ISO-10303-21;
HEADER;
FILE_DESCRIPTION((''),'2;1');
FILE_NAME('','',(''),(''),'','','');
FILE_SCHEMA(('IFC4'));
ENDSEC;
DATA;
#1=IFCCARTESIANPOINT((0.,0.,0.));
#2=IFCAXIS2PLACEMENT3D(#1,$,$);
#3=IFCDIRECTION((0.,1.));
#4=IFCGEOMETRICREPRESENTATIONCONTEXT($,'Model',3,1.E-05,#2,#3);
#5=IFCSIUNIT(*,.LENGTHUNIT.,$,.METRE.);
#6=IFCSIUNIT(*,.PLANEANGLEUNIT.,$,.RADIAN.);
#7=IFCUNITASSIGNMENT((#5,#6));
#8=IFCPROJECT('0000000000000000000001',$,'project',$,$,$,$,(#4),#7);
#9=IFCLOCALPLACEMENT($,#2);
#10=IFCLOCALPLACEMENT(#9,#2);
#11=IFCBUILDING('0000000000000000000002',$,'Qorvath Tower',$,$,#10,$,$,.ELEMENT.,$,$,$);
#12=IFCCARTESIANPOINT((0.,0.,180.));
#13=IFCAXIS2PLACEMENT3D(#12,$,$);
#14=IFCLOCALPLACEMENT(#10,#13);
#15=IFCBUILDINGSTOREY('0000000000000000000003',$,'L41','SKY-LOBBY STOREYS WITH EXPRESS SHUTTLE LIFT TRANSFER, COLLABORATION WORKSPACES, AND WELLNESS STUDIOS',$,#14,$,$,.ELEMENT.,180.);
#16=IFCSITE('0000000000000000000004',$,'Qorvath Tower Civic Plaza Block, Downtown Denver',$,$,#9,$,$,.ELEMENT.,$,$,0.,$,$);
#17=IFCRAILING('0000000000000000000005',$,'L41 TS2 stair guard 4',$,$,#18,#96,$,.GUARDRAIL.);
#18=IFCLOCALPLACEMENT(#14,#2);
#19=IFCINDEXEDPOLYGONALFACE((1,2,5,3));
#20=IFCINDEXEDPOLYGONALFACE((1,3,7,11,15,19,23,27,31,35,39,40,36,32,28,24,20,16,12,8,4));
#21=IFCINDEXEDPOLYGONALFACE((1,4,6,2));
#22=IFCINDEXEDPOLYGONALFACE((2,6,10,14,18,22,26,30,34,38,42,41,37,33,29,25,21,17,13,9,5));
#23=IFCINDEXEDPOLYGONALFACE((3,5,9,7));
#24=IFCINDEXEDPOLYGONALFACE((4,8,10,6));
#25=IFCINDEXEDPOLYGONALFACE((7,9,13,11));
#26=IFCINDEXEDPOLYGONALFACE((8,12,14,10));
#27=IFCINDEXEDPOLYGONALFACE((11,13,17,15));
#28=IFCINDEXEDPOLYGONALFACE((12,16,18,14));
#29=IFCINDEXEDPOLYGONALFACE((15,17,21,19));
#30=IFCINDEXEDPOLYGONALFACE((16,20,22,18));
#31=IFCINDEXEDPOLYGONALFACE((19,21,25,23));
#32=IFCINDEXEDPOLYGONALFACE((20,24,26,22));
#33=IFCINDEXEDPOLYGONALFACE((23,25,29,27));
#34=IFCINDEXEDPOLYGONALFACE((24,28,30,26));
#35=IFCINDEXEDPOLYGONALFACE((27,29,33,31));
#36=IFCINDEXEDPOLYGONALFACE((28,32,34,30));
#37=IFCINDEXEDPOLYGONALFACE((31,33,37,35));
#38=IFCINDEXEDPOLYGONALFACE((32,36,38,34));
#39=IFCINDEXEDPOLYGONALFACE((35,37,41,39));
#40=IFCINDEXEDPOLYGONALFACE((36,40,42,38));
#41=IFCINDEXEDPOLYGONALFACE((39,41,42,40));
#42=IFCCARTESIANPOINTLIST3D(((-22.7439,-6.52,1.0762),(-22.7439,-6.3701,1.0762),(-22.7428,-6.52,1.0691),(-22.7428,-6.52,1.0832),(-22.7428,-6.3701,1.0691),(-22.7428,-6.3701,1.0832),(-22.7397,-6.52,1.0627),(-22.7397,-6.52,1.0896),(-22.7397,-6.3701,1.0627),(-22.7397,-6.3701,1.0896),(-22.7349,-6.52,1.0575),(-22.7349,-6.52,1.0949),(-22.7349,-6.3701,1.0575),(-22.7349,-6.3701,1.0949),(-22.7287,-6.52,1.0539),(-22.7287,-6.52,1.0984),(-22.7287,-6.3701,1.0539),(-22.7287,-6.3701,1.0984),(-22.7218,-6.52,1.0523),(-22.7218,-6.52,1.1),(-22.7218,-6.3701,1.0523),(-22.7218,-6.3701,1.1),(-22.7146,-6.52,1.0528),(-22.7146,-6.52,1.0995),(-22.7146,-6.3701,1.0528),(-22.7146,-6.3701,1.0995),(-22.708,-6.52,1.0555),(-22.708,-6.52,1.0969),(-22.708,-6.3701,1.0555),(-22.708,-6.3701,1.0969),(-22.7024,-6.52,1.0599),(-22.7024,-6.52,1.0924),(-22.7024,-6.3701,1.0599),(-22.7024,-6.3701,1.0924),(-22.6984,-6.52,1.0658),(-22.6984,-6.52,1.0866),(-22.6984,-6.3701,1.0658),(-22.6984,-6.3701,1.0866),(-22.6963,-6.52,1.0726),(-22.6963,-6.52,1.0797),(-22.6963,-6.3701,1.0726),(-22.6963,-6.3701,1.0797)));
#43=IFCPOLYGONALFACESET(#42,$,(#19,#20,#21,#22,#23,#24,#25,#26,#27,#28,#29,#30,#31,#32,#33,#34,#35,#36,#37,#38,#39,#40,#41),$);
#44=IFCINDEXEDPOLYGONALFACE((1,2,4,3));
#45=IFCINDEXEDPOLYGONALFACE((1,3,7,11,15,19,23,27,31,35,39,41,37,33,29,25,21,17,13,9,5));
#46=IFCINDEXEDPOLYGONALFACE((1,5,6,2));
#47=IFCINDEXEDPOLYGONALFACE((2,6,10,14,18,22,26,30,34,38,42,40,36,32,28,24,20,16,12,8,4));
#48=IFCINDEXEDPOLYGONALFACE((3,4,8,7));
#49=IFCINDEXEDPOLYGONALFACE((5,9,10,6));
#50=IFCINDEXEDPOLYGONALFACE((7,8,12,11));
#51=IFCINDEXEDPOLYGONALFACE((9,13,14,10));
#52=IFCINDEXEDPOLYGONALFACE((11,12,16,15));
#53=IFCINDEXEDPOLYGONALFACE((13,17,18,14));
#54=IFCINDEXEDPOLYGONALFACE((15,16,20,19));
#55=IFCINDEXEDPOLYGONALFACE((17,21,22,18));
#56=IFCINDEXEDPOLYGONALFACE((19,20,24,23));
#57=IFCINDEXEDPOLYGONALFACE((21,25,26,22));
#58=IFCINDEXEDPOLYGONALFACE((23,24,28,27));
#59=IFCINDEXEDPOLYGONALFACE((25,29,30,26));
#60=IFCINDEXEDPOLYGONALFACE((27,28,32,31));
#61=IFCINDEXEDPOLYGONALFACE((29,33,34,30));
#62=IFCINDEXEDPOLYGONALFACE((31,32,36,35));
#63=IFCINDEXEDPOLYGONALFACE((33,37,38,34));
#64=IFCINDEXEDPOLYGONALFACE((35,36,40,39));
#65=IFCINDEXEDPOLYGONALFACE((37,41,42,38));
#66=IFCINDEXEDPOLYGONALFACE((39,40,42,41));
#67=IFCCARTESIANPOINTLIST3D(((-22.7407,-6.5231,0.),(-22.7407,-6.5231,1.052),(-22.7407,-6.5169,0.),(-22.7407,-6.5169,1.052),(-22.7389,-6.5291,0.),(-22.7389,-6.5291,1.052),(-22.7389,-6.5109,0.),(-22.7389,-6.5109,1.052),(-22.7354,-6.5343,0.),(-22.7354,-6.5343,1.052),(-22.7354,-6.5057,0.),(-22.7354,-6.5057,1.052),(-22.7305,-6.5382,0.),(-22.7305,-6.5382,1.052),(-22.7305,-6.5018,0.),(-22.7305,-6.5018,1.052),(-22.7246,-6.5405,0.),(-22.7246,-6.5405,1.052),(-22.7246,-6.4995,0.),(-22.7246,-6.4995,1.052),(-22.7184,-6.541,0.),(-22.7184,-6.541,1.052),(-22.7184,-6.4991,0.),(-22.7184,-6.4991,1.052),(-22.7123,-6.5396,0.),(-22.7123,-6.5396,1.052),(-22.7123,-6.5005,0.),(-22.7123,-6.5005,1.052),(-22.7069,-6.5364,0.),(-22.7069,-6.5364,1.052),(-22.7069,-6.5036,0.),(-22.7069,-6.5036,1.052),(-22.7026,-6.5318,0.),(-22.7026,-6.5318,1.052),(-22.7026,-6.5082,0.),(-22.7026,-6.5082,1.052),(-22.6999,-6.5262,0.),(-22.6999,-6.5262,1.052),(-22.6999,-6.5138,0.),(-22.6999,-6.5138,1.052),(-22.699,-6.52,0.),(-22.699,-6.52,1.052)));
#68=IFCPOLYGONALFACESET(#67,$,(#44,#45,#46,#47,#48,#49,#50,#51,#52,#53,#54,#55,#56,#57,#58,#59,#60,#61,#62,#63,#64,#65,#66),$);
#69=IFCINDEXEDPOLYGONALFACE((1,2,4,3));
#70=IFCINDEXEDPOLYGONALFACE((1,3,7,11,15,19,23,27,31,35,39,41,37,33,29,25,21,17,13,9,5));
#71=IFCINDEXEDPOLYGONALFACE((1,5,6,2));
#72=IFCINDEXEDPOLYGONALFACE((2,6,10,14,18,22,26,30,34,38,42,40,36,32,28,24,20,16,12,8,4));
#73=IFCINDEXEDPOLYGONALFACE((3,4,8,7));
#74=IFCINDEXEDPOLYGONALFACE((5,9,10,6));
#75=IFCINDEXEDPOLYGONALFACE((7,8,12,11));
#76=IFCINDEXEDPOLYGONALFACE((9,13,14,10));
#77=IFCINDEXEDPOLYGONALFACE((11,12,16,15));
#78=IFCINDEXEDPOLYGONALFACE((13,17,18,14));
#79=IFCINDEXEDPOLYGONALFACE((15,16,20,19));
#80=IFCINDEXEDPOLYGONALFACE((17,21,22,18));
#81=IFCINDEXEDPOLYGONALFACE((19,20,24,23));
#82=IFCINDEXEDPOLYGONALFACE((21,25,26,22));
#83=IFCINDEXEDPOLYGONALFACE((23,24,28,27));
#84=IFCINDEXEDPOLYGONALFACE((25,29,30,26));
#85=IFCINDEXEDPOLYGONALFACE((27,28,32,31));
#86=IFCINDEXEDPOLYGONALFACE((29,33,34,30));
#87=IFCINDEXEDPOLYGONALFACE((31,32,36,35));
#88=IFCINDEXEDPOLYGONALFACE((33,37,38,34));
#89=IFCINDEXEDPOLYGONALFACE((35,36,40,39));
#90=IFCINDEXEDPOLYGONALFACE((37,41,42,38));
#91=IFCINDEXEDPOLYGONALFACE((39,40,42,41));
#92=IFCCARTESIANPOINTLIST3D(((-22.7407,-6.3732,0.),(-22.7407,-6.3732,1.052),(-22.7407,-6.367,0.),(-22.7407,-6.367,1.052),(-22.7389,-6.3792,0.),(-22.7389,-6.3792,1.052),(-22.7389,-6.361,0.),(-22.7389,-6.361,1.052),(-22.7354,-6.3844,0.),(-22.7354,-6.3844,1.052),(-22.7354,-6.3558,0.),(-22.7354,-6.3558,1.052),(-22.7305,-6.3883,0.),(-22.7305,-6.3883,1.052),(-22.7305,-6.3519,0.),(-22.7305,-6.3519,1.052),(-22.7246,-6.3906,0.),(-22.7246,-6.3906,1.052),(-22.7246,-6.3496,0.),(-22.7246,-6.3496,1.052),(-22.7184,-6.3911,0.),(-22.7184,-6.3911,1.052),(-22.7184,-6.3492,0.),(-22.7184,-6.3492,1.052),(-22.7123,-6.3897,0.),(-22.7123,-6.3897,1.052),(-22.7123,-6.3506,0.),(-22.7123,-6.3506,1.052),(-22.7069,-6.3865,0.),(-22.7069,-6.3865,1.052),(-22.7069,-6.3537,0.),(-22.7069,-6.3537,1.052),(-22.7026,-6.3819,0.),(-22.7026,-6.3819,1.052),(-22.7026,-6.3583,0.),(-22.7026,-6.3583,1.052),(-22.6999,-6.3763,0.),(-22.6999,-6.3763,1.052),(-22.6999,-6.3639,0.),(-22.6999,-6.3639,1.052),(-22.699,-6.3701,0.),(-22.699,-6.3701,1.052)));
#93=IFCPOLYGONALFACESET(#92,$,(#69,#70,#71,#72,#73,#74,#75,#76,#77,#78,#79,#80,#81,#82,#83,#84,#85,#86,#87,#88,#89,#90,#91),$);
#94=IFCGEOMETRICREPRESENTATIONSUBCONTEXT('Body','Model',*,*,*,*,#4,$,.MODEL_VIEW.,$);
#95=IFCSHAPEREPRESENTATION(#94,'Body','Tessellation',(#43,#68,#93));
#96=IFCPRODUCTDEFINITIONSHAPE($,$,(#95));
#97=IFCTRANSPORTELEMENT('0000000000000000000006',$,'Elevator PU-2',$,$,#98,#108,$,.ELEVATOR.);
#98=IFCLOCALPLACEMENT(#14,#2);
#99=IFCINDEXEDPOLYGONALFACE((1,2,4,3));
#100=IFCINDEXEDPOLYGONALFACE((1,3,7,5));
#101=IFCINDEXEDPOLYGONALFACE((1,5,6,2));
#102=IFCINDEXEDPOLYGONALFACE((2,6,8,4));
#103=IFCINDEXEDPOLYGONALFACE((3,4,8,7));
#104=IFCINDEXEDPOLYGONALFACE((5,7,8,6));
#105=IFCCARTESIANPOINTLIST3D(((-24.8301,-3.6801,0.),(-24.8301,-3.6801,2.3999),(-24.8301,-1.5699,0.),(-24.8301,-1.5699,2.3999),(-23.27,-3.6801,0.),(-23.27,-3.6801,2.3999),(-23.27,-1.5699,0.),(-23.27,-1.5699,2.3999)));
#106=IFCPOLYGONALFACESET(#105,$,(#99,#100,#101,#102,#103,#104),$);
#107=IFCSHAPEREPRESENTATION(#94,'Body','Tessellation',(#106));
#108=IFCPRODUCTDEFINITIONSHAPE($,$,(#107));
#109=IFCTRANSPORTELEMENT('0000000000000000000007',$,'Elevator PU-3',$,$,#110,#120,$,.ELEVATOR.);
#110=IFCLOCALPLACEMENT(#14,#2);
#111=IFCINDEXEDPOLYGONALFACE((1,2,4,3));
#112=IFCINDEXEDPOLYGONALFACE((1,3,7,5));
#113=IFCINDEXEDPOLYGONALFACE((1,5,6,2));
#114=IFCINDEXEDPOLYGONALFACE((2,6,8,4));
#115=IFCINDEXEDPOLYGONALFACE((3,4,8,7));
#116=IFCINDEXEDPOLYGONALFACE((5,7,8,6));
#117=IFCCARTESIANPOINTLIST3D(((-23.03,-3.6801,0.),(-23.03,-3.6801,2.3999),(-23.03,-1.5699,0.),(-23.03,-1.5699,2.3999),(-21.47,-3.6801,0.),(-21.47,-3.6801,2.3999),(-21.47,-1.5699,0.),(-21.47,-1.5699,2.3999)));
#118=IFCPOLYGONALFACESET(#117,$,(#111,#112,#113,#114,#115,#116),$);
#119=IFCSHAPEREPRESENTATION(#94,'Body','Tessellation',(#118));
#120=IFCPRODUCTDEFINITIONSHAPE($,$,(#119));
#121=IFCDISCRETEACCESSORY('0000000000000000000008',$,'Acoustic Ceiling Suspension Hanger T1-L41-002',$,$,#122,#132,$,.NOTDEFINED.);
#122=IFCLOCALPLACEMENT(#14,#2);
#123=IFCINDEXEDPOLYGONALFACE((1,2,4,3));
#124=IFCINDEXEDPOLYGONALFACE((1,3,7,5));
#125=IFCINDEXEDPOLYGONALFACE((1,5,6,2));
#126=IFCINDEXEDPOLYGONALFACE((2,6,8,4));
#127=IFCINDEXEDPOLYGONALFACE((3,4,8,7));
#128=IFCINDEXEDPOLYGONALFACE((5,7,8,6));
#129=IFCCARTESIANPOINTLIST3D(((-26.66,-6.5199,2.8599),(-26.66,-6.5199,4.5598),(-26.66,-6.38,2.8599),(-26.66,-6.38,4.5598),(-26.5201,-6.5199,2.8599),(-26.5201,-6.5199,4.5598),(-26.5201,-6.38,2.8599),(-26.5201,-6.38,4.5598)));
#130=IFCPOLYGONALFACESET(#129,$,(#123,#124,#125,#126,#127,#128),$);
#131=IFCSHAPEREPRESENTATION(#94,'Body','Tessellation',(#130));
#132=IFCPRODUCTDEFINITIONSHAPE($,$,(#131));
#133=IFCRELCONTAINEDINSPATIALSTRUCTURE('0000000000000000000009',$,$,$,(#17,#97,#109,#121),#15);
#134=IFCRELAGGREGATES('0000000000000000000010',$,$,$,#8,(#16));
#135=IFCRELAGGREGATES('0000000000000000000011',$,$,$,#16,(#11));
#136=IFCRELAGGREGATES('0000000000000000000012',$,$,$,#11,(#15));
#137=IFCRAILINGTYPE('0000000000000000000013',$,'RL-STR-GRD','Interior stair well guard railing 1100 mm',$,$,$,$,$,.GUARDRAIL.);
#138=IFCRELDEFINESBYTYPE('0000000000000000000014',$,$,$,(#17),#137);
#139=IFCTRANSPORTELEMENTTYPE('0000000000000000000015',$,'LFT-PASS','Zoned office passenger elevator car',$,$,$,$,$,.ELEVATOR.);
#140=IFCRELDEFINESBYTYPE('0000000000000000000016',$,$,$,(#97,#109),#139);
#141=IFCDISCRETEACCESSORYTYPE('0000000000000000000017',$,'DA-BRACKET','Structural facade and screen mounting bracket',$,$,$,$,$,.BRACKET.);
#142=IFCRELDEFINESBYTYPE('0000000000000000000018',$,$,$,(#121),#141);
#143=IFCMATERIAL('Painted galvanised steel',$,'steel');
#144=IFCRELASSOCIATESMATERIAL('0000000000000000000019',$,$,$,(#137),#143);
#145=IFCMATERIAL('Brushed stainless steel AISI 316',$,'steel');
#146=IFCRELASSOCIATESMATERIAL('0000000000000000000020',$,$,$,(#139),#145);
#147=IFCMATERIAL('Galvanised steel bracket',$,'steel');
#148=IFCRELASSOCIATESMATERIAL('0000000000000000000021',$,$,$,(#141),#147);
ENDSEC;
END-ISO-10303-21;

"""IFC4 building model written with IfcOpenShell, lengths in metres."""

from ifc_helpers import new_model, si_unit, direction, frame, origin, origin_2d, place, context, subcontext, project, spatial, rectangle, circle, extrude, material, type_object, element, save


model = new_model("IFC4")

# Units and contexts
model_context = context("Model", 3, precision=1e-05, world=origin(), true_north=direction((0.0, 1.0)))
body_context = subcontext(model_context, "Body", "Model", "MODEL_VIEW")
ifc_project = project(units=[si_unit("LENGTHUNIT", "METRE"), si_unit("PLANEANGLEUNIT", "RADIAN")], contexts=[model_context])

# Site, building, storey
site_placement = place(None, origin())
site = spatial("IfcSite", under=ifc_project, at=site_placement, Name="Qorvath Tower Civic Plaza Block, Downtown Denver", CompositionType="ELEMENT", RefElevation=0.0)
building_placement = place(site_placement, origin())
building = spatial("IfcBuilding", under=site, at=building_placement, Name="Qorvath Tower", CompositionType="ELEMENT")
storey_placement = place(building_placement, frame((0.0, 0.0, 180.0)))
storey = spatial("IfcBuildingStorey", under=building, at=storey_placement, Name="L41", Description="SKY-LOBBY STOREYS WITH EXPRESS SHUTTLE LIFT TRANSFER, COLLABORATION WORKSPACES, AND WELLNESS STUDIOS", CompositionType="ELEMENT", Elevation=180.0)

# Railing
ifc_material_1 = material(Name="Painted galvanised steel", Category="steel")
railing_type = type_object("IfcRailingType", Name="RL-STR-GRD", Description="Interior stair well guard railing 1100 mm", PredefinedType="GUARDRAIL", material=ifc_material_1)
railing_1_placement = place(storey_placement, frame((-22.72, -6.52, 0.0)))
element("IfcRailing", 1, at=railing_1_placement, inside=storey, type_object=railing_type, Name="L41 TS2 stair guard 4", PredefinedType="GUARDRAIL", context=body_context, shape_type="SweptSolid", body=[
    extrude(circle(Radius=0.0239, at=origin_2d()), frame((0.0, 0.0, 1.0762), z_axis=(0.0, 1.0, 0.0), x_axis=(-1.0, 0.0, 0.0)), (0.0, 0.0, 1.0), 0.1499),
    extrude(circle(Radius=0.021, at=origin_2d()), origin(), (0.0, 0.0, 1.0), 1.052),
    extrude(circle(Radius=0.021, at=origin_2d()), frame((0.0, 0.1499, 0.0)), (0.0, 0.0, 1.0), 1.052),
])

# Transport elements
ifc_material_2 = material(Name="Brushed stainless steel AISI 316", Category="steel")
transport_element_type = type_object("IfcTransportElementType", Name="LFT-PASS", Description="Zoned office passenger elevator car", PredefinedType="ELEVATOR", material=ifc_material_2)
for number, where, z_axis, x_axis, name in (
    (2, (-24.05, -2.625, 0.0), (0.0, 0.0, 1.0), (1.0, 0.0, 0.0), "Elevator PU-2"),
    (3, (-22.25, -2.625, 0.0), (0.0, 0.0, 1.0), (1.0, 0.0, 0.0), "Elevator PU-3"),
):
    element("IfcTransportElement", number, at=place(storey_placement, frame(where, z_axis=z_axis, x_axis=x_axis)), inside=storey, type_object=transport_element_type, Name=name, PredefinedType="ELEVATOR", context=body_context, shape_type="SweptSolid", body=[
        extrude(rectangle(XDim=1.5601, YDim=2.1101, at=origin_2d()), origin(), (0.0, 0.0, 1.0), 2.3999),
    ])

# Discrete accessory
ifc_material_3 = material(Name="Galvanised steel bracket", Category="steel")
discrete_accessory_type = type_object("IfcDiscreteAccessoryType", Name="DA-BRACKET", Description="Structural facade and screen mounting bracket", PredefinedType="BRACKET", material=ifc_material_3)
discrete_accessory_placement = place(storey_placement, frame((-26.5901, -6.45, 2.8599), z_axis=(0.0, 0.0, 1.0), x_axis=(1.0, 0.0, 0.0)))
element("IfcDiscreteAccessory", 4, at=discrete_accessory_placement, inside=storey, type_object=discrete_accessory_type, Name="Acoustic Ceiling Suspension Hanger T1-L41-002", PredefinedType="NOTDEFINED", context=body_context, shape_type="SweptSolid", body=[
    extrude(rectangle(XDim=0.1399, YDim=0.1399, at=origin_2d()), origin(), (0.0, 0.0, 1.0), 1.7),
])

save(model, "model.ifc")
